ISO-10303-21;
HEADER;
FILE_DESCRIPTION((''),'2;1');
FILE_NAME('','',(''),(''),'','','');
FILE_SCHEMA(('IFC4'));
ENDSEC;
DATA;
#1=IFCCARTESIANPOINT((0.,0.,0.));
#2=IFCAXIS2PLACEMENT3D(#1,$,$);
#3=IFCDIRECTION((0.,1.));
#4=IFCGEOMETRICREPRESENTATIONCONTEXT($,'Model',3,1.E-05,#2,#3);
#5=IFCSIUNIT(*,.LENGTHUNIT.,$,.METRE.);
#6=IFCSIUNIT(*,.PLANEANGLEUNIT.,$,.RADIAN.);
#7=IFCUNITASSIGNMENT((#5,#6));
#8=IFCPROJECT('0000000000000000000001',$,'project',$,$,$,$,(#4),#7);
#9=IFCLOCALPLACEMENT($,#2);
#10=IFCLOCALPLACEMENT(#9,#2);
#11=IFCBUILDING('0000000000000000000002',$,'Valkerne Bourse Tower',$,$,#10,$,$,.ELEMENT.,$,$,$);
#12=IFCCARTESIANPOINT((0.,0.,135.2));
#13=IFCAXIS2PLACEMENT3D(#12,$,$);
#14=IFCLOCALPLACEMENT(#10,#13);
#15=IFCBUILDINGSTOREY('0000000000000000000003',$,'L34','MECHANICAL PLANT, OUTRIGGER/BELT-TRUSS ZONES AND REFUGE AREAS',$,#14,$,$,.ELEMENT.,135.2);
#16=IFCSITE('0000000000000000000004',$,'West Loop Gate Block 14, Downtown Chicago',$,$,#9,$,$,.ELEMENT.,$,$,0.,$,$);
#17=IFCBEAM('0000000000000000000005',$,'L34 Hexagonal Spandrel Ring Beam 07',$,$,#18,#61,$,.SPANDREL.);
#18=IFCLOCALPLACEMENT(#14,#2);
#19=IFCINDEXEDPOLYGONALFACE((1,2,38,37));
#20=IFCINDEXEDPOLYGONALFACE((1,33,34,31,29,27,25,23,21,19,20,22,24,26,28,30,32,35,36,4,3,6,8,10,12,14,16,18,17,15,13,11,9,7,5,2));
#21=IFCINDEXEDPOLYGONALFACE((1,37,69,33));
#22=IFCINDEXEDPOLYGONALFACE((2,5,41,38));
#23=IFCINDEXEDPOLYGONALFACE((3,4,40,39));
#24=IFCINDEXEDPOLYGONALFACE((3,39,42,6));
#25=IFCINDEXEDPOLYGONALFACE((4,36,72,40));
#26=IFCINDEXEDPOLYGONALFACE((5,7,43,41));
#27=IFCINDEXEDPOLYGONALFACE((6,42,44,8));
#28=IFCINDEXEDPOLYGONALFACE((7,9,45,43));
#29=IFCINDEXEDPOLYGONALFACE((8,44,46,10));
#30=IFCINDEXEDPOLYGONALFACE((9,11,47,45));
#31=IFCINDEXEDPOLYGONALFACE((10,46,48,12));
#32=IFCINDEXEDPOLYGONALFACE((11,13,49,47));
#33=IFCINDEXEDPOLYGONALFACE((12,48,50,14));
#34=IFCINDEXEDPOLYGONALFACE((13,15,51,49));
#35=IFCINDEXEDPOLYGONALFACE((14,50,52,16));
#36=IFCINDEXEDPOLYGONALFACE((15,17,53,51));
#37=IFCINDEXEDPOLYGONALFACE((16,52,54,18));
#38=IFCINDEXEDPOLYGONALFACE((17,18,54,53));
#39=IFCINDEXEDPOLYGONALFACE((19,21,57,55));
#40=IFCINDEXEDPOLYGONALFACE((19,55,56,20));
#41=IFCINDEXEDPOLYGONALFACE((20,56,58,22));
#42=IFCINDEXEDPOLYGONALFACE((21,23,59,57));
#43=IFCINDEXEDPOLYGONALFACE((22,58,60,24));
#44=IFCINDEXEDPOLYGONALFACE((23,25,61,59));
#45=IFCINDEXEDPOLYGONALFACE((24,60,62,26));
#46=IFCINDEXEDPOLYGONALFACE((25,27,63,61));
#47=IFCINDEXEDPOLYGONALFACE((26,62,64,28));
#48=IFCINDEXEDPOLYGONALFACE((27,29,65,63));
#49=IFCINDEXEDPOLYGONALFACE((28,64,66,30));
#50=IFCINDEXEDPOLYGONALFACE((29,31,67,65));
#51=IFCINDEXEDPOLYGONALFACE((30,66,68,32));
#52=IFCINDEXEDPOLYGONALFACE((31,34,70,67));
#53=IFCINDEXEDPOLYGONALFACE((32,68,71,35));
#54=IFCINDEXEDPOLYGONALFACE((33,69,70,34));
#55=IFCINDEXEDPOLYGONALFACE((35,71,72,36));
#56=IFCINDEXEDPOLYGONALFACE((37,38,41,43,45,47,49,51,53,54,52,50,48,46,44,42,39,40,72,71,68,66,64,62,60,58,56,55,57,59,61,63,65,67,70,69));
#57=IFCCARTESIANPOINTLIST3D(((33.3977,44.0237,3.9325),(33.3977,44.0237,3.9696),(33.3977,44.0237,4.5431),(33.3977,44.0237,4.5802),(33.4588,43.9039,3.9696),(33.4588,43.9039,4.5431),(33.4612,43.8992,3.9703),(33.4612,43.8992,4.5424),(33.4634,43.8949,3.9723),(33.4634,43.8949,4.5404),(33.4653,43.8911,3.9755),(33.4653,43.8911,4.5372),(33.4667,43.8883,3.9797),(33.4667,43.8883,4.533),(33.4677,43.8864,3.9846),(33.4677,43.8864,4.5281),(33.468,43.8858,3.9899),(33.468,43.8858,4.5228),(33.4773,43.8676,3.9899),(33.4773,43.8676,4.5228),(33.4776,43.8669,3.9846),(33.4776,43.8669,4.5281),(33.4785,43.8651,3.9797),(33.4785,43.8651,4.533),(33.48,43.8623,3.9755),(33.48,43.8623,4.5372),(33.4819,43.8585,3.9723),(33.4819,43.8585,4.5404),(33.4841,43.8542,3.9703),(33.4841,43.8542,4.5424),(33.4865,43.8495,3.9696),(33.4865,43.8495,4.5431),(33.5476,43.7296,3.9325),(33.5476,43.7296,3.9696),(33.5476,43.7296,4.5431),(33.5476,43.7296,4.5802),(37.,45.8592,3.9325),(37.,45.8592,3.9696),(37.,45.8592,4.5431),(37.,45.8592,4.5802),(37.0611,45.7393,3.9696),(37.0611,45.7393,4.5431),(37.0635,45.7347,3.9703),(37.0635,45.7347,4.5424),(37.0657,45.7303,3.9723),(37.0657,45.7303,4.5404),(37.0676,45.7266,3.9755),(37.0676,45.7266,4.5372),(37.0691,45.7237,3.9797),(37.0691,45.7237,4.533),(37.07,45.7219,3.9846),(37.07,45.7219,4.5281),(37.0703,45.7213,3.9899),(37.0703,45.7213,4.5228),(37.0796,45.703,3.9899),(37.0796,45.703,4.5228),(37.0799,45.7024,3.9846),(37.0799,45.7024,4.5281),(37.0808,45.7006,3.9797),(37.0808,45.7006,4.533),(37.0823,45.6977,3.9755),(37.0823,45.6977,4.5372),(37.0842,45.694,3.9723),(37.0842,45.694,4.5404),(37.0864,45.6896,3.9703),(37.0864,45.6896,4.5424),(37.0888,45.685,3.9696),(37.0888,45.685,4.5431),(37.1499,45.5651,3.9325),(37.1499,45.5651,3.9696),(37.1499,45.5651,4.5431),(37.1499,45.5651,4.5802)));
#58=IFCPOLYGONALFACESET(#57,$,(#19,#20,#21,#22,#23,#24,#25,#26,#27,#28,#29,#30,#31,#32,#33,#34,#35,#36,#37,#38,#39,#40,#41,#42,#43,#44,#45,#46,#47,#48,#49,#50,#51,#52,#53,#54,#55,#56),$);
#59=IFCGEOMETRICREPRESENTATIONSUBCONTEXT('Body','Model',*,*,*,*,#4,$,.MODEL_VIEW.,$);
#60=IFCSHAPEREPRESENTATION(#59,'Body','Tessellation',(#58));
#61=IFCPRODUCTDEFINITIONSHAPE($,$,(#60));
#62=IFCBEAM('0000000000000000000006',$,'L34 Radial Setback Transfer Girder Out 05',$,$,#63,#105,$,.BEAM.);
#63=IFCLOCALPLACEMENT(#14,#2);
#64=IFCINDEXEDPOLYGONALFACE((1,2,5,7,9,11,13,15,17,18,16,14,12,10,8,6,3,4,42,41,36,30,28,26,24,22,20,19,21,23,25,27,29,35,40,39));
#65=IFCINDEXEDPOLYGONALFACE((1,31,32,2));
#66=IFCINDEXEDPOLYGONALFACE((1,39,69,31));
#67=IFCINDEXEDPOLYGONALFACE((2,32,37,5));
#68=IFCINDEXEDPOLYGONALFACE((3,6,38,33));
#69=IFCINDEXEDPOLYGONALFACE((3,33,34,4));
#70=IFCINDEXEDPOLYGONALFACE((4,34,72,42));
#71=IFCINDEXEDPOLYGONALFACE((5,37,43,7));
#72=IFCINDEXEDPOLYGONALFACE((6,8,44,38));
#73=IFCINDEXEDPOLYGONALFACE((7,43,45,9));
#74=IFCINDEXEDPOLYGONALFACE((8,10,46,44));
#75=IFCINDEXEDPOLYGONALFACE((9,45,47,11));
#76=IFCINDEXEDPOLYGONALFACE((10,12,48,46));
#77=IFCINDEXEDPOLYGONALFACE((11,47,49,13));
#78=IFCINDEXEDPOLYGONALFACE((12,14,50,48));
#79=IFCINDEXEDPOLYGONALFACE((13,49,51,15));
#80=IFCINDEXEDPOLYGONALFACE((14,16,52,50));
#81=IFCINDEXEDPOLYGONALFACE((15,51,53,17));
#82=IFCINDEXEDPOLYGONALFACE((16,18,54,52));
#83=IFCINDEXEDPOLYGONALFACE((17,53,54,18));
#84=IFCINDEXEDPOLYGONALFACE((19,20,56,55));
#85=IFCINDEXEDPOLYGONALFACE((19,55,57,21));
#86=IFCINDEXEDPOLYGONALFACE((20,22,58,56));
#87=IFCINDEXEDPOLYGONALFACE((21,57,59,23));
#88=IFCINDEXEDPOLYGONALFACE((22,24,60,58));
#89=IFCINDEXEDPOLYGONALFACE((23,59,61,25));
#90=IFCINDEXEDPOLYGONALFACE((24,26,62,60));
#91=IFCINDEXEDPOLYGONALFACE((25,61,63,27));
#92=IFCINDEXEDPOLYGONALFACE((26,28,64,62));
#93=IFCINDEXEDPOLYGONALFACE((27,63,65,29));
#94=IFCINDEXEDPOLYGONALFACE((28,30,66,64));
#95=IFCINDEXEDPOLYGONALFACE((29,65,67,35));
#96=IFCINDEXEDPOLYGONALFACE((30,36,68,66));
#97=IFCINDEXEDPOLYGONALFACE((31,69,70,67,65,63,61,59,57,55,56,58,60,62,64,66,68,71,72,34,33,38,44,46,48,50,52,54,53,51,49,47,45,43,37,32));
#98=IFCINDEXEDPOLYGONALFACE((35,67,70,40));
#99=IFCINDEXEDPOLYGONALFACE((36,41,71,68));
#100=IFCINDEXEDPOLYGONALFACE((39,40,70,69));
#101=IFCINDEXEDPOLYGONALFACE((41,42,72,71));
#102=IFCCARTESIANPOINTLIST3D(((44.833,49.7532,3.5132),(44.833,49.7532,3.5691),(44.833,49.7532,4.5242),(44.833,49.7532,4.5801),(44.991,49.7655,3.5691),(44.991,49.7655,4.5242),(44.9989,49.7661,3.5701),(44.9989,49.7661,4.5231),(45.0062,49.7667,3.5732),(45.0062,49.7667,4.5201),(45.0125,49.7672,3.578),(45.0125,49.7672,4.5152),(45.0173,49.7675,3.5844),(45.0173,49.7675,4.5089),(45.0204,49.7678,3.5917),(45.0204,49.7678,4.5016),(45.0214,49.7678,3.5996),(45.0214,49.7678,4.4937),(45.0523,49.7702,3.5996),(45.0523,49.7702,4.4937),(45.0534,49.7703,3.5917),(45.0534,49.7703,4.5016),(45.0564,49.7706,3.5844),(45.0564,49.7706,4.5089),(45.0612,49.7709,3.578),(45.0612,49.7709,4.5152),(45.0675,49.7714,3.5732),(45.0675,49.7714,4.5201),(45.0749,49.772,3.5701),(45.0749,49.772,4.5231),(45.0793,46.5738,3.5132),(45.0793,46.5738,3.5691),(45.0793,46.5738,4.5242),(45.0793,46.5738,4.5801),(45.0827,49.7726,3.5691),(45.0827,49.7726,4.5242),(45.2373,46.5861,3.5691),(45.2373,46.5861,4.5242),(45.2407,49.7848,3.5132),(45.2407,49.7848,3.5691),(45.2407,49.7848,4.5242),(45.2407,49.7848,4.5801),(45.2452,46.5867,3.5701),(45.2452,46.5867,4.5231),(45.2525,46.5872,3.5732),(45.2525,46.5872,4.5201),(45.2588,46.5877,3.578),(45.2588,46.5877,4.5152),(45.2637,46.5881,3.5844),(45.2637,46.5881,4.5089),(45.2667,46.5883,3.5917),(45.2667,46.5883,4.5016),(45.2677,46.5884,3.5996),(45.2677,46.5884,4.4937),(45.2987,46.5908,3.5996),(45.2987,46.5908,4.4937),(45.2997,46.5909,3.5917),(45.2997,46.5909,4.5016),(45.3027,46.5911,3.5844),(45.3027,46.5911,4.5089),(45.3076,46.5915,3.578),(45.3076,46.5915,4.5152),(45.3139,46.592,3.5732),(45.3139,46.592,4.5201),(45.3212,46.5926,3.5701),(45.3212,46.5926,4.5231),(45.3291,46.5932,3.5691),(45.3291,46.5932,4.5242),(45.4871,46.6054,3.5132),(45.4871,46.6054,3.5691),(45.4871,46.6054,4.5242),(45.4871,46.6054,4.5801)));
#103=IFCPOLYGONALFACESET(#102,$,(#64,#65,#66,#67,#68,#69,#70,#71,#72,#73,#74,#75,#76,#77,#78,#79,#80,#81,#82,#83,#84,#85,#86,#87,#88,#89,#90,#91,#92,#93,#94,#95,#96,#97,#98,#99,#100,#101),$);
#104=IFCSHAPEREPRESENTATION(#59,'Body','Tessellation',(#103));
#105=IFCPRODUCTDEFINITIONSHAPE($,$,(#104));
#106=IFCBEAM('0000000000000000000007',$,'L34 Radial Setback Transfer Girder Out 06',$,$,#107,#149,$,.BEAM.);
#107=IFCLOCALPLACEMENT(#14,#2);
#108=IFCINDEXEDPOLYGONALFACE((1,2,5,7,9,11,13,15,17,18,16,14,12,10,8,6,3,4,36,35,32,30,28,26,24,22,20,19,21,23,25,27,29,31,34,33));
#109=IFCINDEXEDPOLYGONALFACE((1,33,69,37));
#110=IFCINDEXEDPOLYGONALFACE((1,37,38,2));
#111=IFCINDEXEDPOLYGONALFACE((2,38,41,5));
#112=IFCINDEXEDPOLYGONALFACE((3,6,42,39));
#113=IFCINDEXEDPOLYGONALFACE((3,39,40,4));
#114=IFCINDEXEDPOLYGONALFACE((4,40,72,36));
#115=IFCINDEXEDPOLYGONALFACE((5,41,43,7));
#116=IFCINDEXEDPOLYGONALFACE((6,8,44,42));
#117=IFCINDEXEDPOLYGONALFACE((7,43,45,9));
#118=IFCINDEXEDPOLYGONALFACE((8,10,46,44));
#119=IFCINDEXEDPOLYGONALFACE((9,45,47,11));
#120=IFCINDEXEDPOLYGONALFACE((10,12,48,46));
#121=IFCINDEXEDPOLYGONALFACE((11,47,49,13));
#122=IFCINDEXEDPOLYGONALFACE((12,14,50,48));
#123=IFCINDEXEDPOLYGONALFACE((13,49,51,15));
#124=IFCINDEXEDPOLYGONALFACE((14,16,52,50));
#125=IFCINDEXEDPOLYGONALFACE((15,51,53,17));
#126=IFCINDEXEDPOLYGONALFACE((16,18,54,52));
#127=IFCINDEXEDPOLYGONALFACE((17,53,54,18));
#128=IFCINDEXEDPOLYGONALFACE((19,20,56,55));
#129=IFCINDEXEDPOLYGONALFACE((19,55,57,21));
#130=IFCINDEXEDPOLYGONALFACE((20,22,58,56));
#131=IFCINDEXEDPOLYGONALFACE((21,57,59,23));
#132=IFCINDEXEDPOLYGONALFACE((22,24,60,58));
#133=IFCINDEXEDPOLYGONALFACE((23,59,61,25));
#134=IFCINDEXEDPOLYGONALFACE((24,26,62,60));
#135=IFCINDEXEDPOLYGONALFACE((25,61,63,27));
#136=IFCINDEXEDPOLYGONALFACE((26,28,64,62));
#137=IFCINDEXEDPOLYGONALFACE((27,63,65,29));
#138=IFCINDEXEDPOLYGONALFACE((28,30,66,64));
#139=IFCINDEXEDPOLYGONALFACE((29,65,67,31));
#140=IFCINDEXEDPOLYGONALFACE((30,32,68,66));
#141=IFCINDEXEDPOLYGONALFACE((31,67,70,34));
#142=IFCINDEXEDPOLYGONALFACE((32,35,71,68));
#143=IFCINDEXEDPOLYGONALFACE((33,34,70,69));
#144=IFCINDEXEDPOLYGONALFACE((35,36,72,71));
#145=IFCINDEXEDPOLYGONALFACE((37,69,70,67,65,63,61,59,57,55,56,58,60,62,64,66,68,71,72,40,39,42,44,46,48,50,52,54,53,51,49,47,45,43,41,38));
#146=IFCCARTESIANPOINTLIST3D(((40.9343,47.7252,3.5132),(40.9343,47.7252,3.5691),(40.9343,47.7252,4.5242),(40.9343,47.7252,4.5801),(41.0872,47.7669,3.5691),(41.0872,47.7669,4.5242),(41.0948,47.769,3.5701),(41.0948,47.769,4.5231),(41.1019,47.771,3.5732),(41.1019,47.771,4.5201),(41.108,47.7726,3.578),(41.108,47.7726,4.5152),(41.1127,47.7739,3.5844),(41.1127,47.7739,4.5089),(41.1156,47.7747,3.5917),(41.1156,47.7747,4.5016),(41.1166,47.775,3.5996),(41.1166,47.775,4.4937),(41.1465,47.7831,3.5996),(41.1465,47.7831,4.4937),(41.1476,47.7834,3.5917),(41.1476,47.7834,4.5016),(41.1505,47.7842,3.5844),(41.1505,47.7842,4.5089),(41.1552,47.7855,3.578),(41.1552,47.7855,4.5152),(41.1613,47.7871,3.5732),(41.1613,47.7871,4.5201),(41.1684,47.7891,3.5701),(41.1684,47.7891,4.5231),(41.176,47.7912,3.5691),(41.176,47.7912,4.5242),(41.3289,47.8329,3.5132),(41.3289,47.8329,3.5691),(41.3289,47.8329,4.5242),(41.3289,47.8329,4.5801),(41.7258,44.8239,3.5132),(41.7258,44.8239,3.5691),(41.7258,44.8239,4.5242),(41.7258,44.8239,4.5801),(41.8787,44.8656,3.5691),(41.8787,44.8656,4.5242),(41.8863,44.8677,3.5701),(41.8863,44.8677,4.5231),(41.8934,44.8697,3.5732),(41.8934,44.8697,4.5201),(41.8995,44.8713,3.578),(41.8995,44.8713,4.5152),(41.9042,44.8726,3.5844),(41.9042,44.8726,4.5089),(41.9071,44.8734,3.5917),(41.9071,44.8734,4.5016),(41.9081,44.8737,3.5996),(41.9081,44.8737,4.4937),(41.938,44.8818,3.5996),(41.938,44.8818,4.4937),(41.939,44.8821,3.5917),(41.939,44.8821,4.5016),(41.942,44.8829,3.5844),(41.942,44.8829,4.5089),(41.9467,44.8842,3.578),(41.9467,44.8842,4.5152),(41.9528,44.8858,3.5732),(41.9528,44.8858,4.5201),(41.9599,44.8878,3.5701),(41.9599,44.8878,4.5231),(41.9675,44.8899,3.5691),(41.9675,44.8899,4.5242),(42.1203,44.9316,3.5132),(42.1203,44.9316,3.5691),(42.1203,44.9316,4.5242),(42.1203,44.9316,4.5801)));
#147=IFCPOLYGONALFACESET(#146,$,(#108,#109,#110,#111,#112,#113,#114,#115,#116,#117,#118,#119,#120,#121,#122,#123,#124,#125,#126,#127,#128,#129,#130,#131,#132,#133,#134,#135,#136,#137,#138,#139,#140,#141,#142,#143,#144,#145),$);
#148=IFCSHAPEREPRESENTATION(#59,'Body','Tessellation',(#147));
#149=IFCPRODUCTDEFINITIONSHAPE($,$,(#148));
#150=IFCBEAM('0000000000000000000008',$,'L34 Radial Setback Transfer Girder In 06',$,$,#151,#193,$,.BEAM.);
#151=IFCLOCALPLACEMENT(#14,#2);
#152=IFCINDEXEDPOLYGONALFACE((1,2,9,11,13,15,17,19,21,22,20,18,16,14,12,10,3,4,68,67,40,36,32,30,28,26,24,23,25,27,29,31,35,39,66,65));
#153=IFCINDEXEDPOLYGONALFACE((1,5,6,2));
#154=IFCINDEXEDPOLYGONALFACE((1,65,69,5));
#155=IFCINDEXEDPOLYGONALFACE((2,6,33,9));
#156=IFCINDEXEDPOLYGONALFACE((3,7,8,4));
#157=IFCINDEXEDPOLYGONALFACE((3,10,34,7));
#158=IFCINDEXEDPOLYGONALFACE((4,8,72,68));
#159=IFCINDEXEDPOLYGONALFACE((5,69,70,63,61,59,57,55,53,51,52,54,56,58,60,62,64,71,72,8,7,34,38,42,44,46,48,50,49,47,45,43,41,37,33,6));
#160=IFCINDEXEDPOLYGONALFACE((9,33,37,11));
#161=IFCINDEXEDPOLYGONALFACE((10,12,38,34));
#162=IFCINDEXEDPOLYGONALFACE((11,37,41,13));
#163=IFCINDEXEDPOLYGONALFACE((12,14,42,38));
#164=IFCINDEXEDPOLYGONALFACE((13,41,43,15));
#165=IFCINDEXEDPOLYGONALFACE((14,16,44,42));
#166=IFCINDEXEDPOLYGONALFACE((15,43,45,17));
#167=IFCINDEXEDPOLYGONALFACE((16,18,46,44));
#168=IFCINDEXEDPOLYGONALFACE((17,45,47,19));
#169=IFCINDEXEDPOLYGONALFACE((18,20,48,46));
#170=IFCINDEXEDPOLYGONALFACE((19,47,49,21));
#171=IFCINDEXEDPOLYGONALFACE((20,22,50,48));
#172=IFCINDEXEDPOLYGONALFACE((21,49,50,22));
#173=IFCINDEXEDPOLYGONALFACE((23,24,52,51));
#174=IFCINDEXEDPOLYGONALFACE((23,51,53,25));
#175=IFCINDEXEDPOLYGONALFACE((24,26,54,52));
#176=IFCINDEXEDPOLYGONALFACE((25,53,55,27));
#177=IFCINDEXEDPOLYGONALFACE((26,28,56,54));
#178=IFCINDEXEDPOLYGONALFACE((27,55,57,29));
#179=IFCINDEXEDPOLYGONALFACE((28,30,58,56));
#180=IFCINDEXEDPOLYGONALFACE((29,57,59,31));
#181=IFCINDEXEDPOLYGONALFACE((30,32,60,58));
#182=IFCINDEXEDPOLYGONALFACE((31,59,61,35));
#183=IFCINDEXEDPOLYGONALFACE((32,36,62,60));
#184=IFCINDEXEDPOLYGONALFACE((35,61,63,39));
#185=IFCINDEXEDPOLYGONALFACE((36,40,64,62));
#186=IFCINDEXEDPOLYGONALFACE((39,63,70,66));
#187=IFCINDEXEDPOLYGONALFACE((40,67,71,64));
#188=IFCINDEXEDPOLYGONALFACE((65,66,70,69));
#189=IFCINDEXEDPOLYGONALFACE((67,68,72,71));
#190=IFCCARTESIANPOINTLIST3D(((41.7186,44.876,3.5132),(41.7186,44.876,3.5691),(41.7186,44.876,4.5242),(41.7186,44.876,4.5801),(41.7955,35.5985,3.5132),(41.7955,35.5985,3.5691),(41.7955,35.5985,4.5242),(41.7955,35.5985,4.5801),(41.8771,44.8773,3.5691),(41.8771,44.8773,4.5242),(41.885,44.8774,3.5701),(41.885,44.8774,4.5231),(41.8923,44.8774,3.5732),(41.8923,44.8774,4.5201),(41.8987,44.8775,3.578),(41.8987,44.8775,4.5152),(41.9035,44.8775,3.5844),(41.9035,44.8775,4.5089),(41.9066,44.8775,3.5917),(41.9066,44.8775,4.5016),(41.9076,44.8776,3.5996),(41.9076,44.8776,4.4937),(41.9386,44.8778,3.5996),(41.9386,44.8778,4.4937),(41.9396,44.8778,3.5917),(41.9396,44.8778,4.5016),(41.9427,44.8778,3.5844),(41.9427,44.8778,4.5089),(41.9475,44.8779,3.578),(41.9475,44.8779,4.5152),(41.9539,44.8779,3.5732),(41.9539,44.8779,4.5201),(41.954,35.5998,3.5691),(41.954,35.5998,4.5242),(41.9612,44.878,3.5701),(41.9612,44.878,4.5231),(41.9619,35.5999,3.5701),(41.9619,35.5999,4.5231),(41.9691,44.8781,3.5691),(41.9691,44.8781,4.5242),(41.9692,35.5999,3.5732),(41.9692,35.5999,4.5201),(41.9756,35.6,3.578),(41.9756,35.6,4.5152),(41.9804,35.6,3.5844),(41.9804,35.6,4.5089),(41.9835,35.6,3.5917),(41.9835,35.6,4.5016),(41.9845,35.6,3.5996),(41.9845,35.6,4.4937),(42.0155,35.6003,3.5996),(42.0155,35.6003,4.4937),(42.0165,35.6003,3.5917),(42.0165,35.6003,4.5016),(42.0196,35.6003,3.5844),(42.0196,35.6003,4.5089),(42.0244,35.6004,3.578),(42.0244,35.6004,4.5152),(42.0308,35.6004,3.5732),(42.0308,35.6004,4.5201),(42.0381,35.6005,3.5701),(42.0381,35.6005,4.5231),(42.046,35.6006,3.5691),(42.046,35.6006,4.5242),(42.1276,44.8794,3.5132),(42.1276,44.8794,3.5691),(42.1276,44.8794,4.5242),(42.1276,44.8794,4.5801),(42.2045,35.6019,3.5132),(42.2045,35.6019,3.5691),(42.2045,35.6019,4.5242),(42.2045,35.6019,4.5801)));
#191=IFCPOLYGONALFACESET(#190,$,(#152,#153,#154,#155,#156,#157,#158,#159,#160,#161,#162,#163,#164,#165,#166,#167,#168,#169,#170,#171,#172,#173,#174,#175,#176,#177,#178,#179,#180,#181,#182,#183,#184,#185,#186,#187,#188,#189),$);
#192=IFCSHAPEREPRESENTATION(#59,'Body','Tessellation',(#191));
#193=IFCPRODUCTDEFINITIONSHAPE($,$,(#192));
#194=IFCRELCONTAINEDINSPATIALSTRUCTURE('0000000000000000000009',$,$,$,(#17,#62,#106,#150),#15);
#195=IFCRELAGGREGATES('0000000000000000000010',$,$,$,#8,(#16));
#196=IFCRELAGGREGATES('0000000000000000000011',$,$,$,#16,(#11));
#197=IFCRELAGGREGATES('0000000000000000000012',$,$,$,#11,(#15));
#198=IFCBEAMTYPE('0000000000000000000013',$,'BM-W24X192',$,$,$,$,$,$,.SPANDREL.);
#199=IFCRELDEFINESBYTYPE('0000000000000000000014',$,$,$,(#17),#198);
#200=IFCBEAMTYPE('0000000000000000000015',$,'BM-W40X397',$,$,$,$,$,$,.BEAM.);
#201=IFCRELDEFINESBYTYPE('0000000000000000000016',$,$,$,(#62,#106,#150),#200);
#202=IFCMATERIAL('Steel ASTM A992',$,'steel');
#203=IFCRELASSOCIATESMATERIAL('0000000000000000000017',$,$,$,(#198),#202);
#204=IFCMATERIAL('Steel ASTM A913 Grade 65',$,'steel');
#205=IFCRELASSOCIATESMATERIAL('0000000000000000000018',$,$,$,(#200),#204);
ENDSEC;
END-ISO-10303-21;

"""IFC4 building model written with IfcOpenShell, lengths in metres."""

from ifc_helpers import new_model, si_unit, direction, frame, origin, origin_2d, place, context, subcontext, project, spatial, i_section, extrude, material, material_profile, profile_set, type_object, element, save


model = new_model("IFC4")

# Units and contexts
model_context = context("Model", 3, precision=1e-05, world=origin(), true_north=direction((0.0, 1.0)))
body_context = subcontext(model_context, "Body", "Model", "MODEL_VIEW")
ifc_project = project(units=[si_unit("LENGTHUNIT", "METRE"), si_unit("PLANEANGLEUNIT", "RADIAN")], contexts=[model_context])

# Site, building, storey
site_placement = place(None, origin())
site = spatial("IfcSite", under=ifc_project, at=site_placement, Name="West Loop Gate Block 14, Downtown Chicago", CompositionType="ELEMENT", RefElevation=0.0)
building_placement = place(site_placement, origin())
building = spatial("IfcBuilding", under=site, at=building_placement, Name="Valkerne Bourse Tower", CompositionType="ELEMENT")
storey_placement = place(building_placement, frame((0.0, 0.0, 135.2)))
storey = spatial("IfcBuildingStorey", under=building, at=storey_placement, Name="L34", Description="MECHANICAL PLANT, OUTRIGGER/BELT-TRUSS ZONES AND REFUGE AREAS", CompositionType="ELEMENT", Elevation=135.2)

# Shared definitions
ifc_material_1 = material(Name="Steel ASTM A913 Grade 65", Category="steel")

# Beams
ifc_material_2 = material(Name="Steel ASTM A992", Category="steel")
ifc_material_profile_1 = material_profile(ifc_material_2, i_section(OverallWidth=0.3301, OverallDepth=0.6477, WebThickness=0.0205, FlangeThickness=0.0371, FilletRadius=0.0203, at=origin_2d()), Name="W24X192")
ifc_profile_set_1 = profile_set([ifc_material_profile_1], Name="Steel ASTM A992")
beam_type_1 = type_object("IfcBeamType", Name="BM-W24X192", PredefinedType="SPANDREL", material=ifc_profile_set_1)
for number, where, z_axis, x_axis, name in (
    (1, (37.075, 45.7122, 4.2563), (-0.891008, -0.453988, 0.0), (0.453988, -0.891008, 0.0), "L34 Hexagonal Spandrel Ring Beam 07"),
):
    element("IfcBeam", number, at=place(storey_placement, frame(where, z_axis=z_axis, x_axis=x_axis)), inside=storey, type_object=beam_type_1, Name=name, PredefinedType="SPANDREL", context=body_context, shape_type="SweptSolid", body=[
        extrude(i_section(OverallWidth=0.3301, OverallDepth=0.6477, WebThickness=0.0205, FlangeThickness=0.0371, FilletRadius=0.0203, at=origin_2d()), origin(), (0.0, 0.0, 1.0), 4.043),
    ])
ifc_material_profile_2 = material_profile(ifc_material_1, i_section(OverallWidth=0.4089, OverallDepth=1.0669, WebThickness=0.031, FlangeThickness=0.0559, FilletRadius=0.0305, at=origin_2d()), Name="W40X397")
ifc_profile_set_2 = profile_set([ifc_material_profile_2], Name="Steel ASTM A913 Grade 65")
beam_type_2 = type_object("IfcBeamType", Name="BM-W40X397", PredefinedType="BEAM", material=ifc_profile_set_2)
beam_1_placement = place(storey_placement, frame((45.0369, 49.769, 4.0466), z_axis=(0.077247, -0.997012, 0.0), x_axis=(0.997012, 0.077247, 0.0)))
element("IfcBeam", 2, at=beam_1_placement, inside=storey, type_object=beam_type_2, Name="L34 Radial Setback Transfer Girder Out 05", PredefinedType="BEAM", context=body_context, shape_type="SweptSolid", body=[
    extrude(i_section(OverallWidth=0.4089, OverallDepth=1.0669, WebThickness=0.031, FlangeThickness=0.0559, FilletRadius=0.0305, at=origin_2d()), origin(), (0.0, 0.0, 1.0), 3.189),
])
beam_2_placement = place(storey_placement, frame((41.1316, 47.7791, 4.0466), z_axis=(0.263186, -0.964745, 0.0), x_axis=(0.964745, 0.263186, 0.0)))
element("IfcBeam", 3, at=beam_2_placement, inside=storey, type_object=beam_type_2, Name="L34 Radial Setback Transfer Girder Out 06", PredefinedType="BEAM", context=body_context, shape_type="SweptSolid", body=[
    extrude(i_section(OverallWidth=0.4089, OverallDepth=1.0669, WebThickness=0.031, FlangeThickness=0.0559, FilletRadius=0.0305, at=origin_2d()), origin(), (0.0, 0.0, 1.0), 3.0073),
])
beam_3_placement = place(storey_placement, frame((41.9231, 44.8777, 4.0466), z_axis=(0.008289, -0.999966, 0.0), x_axis=(0.999966, 0.008289, 0.0)))
element("IfcBeam", 4, at=beam_3_placement, inside=storey, type_object=beam_type_2, Name="L34 Radial Setback Transfer Girder In 06", PredefinedType="BEAM", context=body_context, shape_type="SweptSolid", body=[
    extrude(i_section(OverallWidth=0.4089, OverallDepth=1.0669, WebThickness=0.031, FlangeThickness=0.0559, FilletRadius=0.0305, at=origin_2d()), origin(), (0.0, 0.0, 1.0), 9.2778),
])

save(model, "model.ifc")
